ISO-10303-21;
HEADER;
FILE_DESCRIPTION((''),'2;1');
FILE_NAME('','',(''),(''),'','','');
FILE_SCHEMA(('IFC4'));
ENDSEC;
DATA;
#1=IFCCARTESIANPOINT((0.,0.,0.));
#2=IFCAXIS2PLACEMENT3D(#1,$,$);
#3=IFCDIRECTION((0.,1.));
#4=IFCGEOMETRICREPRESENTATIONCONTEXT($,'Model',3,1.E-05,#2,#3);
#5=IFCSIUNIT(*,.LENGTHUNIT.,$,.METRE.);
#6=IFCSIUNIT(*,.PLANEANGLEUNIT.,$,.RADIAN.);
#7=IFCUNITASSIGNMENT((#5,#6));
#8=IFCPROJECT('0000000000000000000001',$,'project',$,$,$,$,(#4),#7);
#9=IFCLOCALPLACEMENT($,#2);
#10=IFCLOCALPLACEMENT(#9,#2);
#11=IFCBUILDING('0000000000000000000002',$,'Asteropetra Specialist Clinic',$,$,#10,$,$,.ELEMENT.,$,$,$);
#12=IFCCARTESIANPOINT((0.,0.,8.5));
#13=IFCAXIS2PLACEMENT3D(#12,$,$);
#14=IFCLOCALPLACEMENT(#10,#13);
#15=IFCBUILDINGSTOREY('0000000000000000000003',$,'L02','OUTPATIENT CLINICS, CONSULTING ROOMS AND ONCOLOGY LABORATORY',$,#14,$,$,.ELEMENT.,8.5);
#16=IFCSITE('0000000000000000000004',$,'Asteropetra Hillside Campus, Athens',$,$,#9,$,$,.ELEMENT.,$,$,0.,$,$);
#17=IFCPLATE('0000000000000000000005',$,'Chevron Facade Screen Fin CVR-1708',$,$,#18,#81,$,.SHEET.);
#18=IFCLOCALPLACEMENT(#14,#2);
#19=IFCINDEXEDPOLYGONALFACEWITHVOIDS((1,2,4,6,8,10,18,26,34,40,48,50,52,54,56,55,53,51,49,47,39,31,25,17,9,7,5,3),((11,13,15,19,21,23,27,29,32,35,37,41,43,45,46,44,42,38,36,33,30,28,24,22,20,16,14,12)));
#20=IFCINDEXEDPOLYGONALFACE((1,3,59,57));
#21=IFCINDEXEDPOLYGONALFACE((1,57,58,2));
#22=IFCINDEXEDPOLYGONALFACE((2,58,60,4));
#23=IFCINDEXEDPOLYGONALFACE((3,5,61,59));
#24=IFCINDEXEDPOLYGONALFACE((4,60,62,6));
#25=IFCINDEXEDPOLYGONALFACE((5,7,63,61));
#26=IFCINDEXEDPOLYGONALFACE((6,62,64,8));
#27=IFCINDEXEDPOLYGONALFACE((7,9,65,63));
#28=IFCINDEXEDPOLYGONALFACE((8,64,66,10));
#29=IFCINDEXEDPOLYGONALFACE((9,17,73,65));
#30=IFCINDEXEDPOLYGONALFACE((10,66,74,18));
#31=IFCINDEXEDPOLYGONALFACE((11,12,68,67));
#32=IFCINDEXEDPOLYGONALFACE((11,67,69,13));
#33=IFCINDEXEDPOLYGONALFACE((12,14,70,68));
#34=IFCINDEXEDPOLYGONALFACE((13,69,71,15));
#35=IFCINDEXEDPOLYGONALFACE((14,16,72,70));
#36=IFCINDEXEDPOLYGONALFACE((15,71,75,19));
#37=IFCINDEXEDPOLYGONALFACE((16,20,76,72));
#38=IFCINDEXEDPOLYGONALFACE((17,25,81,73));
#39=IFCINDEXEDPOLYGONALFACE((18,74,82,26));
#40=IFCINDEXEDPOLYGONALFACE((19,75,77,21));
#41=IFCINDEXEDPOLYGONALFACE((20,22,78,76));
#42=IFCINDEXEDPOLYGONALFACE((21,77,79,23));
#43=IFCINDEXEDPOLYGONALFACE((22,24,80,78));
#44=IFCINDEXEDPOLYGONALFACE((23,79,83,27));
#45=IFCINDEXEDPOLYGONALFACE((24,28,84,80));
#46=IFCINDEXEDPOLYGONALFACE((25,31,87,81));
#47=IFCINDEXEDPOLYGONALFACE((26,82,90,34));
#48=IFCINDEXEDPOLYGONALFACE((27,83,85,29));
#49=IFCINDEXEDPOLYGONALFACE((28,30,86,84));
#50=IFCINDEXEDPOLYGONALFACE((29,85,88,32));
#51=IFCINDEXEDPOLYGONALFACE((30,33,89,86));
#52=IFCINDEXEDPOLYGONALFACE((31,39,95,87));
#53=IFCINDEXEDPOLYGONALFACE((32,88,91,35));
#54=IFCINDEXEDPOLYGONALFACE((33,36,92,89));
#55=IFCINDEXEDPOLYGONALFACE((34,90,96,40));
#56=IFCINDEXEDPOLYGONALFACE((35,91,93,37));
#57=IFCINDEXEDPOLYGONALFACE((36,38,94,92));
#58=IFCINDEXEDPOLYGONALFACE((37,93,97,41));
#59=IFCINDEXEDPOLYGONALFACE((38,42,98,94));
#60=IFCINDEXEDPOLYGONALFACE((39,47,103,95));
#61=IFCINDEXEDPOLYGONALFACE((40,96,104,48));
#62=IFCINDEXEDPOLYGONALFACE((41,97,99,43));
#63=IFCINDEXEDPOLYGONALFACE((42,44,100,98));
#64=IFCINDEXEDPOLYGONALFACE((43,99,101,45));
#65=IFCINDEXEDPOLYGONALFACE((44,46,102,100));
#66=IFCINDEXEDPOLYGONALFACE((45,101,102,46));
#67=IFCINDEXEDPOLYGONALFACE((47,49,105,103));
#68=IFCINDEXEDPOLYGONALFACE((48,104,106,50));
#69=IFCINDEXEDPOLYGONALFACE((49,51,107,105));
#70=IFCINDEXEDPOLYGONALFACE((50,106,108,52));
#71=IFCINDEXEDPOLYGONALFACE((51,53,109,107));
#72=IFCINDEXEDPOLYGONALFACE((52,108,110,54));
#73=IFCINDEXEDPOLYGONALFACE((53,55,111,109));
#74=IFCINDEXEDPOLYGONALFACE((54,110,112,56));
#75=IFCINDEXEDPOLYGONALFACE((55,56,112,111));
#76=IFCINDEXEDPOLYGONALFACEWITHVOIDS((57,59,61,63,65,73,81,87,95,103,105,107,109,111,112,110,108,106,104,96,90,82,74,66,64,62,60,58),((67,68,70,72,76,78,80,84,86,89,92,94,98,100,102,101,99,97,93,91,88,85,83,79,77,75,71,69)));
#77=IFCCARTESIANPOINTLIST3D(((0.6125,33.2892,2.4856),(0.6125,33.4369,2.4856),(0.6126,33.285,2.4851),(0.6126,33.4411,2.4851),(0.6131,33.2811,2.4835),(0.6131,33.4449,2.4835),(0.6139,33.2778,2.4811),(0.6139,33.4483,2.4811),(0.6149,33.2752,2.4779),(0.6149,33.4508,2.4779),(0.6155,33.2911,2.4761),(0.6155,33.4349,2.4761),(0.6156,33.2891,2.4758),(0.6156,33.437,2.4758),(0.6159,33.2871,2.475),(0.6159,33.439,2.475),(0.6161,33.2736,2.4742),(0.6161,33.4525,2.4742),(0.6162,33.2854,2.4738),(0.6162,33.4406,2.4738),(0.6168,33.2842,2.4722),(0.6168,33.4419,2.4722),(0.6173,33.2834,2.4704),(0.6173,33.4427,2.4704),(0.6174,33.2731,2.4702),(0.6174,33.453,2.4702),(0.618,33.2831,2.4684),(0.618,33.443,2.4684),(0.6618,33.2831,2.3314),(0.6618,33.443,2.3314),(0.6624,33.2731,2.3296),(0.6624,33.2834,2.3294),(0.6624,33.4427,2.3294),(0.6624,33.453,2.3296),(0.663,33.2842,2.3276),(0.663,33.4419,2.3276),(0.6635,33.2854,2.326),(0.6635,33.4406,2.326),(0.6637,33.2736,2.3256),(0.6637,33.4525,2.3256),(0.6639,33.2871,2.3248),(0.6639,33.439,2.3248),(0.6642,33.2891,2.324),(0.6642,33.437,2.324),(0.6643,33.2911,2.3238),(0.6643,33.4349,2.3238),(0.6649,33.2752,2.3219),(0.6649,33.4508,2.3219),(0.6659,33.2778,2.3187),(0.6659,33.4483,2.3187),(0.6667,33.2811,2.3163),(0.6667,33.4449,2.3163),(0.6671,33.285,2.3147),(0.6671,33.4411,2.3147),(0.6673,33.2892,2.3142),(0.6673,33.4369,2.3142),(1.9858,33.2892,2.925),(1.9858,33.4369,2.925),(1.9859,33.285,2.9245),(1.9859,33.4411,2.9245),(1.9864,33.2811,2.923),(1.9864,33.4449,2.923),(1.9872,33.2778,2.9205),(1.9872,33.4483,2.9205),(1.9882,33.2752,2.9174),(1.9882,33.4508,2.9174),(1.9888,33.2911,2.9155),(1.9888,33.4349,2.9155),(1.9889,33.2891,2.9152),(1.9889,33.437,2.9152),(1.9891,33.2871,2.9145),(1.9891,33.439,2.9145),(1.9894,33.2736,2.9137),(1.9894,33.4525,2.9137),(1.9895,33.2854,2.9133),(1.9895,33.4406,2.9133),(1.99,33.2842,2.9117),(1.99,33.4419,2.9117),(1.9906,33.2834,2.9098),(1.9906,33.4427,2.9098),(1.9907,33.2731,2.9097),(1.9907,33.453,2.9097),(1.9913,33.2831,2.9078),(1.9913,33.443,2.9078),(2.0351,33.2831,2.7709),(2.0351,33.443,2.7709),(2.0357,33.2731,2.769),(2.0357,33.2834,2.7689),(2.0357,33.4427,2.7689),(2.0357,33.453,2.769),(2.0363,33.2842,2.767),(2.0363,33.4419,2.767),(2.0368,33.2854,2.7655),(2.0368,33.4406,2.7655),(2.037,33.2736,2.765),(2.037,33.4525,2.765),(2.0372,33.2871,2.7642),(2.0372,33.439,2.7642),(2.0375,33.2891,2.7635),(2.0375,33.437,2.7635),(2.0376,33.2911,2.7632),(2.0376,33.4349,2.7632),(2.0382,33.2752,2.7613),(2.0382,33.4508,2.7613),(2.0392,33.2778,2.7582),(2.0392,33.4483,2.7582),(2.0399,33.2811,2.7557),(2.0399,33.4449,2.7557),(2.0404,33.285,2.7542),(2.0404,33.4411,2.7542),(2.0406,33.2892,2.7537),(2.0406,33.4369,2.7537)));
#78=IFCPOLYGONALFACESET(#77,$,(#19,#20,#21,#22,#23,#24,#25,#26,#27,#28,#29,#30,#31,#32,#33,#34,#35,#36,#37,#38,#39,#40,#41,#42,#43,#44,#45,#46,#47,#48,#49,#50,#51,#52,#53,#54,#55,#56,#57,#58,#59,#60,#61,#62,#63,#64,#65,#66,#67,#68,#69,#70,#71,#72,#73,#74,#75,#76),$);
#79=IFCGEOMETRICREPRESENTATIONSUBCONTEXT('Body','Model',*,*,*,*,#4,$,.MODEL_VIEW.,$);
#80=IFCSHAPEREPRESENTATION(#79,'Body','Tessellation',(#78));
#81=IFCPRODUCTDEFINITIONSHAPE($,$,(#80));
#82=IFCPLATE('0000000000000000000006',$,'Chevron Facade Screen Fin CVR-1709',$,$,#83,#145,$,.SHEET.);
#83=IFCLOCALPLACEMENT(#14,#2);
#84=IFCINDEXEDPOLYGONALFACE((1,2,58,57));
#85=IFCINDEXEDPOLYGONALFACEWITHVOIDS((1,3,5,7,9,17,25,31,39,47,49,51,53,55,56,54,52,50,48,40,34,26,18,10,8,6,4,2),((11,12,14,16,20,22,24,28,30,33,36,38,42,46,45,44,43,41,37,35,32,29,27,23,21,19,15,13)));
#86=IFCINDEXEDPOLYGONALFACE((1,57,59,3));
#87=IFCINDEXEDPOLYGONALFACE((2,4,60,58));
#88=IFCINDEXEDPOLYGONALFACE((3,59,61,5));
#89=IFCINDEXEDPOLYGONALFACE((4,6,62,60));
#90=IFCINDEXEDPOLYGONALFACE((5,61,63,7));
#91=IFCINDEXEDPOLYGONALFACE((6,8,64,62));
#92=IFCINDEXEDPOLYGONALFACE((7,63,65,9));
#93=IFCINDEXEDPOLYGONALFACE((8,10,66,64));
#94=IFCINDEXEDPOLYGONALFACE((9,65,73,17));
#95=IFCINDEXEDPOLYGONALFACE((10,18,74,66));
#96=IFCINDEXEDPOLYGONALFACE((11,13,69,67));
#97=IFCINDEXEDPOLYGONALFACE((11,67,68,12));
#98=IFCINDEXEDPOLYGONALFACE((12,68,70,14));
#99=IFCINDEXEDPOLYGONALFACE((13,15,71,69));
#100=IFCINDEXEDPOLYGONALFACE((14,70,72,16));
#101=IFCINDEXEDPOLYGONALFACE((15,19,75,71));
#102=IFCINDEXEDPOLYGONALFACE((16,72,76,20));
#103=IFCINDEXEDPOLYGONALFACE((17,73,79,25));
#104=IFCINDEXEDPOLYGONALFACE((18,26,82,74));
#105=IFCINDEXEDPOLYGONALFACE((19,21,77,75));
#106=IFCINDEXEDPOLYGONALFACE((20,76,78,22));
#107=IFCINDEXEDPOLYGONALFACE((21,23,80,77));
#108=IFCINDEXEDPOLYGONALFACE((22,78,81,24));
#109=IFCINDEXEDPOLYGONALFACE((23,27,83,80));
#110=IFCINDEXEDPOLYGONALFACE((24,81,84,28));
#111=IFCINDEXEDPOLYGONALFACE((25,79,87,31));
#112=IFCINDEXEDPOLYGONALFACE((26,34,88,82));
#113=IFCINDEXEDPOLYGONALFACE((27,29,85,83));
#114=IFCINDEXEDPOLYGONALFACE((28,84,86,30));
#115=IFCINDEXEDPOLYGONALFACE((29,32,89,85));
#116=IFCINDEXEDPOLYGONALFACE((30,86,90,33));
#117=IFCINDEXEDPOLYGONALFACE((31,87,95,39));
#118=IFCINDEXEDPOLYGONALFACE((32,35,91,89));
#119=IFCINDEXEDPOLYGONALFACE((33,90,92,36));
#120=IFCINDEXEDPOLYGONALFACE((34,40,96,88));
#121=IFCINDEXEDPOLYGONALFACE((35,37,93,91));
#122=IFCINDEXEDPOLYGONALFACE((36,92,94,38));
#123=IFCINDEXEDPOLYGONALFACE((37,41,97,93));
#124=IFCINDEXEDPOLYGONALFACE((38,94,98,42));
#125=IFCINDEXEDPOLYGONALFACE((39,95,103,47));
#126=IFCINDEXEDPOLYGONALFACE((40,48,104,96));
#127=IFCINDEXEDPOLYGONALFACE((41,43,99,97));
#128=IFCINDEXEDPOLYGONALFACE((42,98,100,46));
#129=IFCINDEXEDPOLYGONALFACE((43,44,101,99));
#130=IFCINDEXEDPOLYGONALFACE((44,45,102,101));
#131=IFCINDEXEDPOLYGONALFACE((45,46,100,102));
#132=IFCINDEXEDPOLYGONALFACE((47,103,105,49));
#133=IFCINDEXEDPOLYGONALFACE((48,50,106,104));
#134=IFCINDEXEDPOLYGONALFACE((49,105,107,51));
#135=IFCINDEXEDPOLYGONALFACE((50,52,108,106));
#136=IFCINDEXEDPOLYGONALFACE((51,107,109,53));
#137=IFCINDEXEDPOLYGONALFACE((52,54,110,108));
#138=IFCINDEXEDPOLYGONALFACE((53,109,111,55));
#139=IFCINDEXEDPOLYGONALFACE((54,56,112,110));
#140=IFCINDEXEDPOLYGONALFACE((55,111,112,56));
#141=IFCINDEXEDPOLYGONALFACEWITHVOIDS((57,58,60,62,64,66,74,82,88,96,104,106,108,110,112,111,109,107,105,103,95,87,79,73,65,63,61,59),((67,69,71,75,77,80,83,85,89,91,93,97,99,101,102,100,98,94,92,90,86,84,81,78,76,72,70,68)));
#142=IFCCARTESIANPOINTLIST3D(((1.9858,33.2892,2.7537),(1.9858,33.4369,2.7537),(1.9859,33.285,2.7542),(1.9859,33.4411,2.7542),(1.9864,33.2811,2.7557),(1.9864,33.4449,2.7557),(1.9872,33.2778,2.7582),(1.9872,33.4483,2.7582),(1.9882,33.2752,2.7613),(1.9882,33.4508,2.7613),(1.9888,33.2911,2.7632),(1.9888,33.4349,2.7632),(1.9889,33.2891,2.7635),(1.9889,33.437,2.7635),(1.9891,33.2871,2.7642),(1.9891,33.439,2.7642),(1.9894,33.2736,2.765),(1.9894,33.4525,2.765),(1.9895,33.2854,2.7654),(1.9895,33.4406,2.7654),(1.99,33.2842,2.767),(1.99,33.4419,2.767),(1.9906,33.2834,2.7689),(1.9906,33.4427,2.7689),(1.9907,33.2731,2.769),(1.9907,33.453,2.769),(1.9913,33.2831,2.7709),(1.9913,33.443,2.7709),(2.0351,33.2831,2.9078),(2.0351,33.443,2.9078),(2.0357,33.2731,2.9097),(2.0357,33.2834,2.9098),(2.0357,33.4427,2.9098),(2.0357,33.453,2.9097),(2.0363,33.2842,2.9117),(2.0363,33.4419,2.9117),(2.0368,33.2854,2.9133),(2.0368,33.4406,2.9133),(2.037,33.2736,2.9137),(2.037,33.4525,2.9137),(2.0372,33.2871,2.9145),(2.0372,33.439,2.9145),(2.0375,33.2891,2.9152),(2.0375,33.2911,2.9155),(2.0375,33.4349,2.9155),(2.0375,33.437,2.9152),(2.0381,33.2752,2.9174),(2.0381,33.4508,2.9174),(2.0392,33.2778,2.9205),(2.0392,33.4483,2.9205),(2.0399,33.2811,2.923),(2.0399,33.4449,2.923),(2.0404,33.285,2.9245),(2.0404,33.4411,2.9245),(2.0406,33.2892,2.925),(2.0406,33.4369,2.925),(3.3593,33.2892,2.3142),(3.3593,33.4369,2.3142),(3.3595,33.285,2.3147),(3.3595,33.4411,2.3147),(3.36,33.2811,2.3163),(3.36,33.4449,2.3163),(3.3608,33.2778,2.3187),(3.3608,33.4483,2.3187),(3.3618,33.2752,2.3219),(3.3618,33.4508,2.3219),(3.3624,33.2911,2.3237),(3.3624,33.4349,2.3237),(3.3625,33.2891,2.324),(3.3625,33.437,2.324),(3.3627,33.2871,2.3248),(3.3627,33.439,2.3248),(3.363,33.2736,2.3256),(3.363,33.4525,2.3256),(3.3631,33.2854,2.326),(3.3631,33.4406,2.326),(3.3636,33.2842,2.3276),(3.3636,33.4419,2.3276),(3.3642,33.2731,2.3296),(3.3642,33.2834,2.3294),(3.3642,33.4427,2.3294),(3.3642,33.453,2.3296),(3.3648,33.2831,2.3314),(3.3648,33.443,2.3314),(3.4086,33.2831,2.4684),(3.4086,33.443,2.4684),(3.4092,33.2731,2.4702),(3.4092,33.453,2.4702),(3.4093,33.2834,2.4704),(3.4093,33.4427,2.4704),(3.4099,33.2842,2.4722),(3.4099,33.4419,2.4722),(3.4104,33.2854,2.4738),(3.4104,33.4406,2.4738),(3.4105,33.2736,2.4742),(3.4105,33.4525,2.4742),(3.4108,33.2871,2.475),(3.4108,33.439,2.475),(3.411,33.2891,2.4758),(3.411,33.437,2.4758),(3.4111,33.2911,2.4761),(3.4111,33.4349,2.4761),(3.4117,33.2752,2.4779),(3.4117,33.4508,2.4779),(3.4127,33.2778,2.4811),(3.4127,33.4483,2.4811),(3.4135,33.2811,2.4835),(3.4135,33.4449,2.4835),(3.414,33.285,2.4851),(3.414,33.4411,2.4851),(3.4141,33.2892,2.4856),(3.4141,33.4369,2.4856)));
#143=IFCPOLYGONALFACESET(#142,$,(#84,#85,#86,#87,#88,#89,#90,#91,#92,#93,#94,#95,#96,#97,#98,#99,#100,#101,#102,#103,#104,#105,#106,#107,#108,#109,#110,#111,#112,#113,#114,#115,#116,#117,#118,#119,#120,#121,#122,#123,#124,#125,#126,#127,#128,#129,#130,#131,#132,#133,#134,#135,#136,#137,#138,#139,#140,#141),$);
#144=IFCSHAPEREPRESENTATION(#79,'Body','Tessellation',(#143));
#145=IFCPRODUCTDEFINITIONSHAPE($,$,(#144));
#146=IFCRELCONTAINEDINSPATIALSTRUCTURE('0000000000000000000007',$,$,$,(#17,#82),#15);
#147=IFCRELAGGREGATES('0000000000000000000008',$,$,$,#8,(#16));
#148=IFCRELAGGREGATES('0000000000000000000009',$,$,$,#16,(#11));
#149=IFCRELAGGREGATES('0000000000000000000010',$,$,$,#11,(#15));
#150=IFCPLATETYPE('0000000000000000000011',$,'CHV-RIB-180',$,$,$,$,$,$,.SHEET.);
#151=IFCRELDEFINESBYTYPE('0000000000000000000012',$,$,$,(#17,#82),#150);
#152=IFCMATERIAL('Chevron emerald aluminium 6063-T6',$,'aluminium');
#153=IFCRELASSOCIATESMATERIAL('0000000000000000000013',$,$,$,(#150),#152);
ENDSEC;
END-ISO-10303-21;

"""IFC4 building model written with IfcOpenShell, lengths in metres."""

from ifc_helpers import new_model, si_unit, direction, frame, origin, origin_2d, place, context, subcontext, project, spatial, hollow_rectangle, extrude, material, material_profile, profile_set, type_object, element, save


model = new_model("IFC4")

# Units and contexts
model_context = context("Model", 3, precision=1e-05, world=origin(), true_north=direction((0.0, 1.0)))
body_context = subcontext(model_context, "Body", "Model", "MODEL_VIEW")
ifc_project = project(units=[si_unit("LENGTHUNIT", "METRE"), si_unit("PLANEANGLEUNIT", "RADIAN")], contexts=[model_context])

# Site, building, storey
site_placement = place(None, origin())
site = spatial("IfcSite", under=ifc_project, at=site_placement, Name="Asteropetra Hillside Campus, Athens", CompositionType="ELEMENT", RefElevation=0.0)
building_placement = place(site_placement, origin())
building = spatial("IfcBuilding", under=site, at=building_placement, Name="Asteropetra Specialist Clinic", CompositionType="ELEMENT")
storey_placement = place(building_placement, frame((0.0, 0.0, 8.5)))
storey = spatial("IfcBuildingStorey", under=building, at=storey_placement, Name="L02", Description="OUTPATIENT CLINICS, CONSULTING ROOMS AND ONCOLOGY LABORATORY", CompositionType="ELEMENT", Elevation=8.5)

# Plates
ifc_material_1 = material(Name="Chevron emerald aluminium 6063-T6", Category="aluminium")
ifc_material_profile_1 = material_profile(ifc_material_1, hollow_rectangle(XDim=0.1799, YDim=0.1799, WallThickness=0.01, InnerFilletRadius=0.0081, OuterFilletRadius=0.0161, at=origin_2d()), Name="SHS 180x180x10.0")
ifc_profile_set_1 = profile_set([ifc_material_profile_1], Name="Chevron emerald aluminium 6063-T6")
plate_type_1 = type_object("IfcPlateType", Name="CHV-RIB-180", PredefinedType="SHEET", material=ifc_profile_set_1)
plate_1_placement = place(storey_placement, frame((0.6399, 33.363, 2.3999), z_axis=(0.952424, 0.0, 0.304776), x_axis=(0.0, 1.0, 0.0)))
element("IfcPlate", 1, at=plate_1_placement, inside=storey, type_object=plate_type_1, Name="Chevron Facade Screen Fin CVR-1708", PredefinedType="SHEET", context=body_context, shape_type="SweptSolid", body=[
    extrude(hollow_rectangle(XDim=0.1799, YDim=0.1799, WallThickness=0.01, InnerFilletRadius=0.0081, OuterFilletRadius=0.0161, at=origin_2d()), origin(), (0.0, 0.0, 1.0), 1.4419),
])
plate_2_placement = place(storey_placement, frame((2.0132, 33.363, 2.8394), z_axis=(0.95244, 0.0, -0.304727), x_axis=(0.0, 1.0, 0.0)))
element("IfcPlate", 2, at=plate_2_placement, inside=storey, type_object=plate_type_1, Name="Chevron Facade Screen Fin CVR-1709", PredefinedType="SHEET", context=body_context, shape_type="SweptSolid", body=[
    extrude(hollow_rectangle(XDim=0.1799, YDim=0.1799, WallThickness=0.01, InnerFilletRadius=0.0081, OuterFilletRadius=0.0161, at=origin_2d()), origin(), (0.0, 0.0, 1.0), 1.4421),
])

save(model, "model.ifc")
